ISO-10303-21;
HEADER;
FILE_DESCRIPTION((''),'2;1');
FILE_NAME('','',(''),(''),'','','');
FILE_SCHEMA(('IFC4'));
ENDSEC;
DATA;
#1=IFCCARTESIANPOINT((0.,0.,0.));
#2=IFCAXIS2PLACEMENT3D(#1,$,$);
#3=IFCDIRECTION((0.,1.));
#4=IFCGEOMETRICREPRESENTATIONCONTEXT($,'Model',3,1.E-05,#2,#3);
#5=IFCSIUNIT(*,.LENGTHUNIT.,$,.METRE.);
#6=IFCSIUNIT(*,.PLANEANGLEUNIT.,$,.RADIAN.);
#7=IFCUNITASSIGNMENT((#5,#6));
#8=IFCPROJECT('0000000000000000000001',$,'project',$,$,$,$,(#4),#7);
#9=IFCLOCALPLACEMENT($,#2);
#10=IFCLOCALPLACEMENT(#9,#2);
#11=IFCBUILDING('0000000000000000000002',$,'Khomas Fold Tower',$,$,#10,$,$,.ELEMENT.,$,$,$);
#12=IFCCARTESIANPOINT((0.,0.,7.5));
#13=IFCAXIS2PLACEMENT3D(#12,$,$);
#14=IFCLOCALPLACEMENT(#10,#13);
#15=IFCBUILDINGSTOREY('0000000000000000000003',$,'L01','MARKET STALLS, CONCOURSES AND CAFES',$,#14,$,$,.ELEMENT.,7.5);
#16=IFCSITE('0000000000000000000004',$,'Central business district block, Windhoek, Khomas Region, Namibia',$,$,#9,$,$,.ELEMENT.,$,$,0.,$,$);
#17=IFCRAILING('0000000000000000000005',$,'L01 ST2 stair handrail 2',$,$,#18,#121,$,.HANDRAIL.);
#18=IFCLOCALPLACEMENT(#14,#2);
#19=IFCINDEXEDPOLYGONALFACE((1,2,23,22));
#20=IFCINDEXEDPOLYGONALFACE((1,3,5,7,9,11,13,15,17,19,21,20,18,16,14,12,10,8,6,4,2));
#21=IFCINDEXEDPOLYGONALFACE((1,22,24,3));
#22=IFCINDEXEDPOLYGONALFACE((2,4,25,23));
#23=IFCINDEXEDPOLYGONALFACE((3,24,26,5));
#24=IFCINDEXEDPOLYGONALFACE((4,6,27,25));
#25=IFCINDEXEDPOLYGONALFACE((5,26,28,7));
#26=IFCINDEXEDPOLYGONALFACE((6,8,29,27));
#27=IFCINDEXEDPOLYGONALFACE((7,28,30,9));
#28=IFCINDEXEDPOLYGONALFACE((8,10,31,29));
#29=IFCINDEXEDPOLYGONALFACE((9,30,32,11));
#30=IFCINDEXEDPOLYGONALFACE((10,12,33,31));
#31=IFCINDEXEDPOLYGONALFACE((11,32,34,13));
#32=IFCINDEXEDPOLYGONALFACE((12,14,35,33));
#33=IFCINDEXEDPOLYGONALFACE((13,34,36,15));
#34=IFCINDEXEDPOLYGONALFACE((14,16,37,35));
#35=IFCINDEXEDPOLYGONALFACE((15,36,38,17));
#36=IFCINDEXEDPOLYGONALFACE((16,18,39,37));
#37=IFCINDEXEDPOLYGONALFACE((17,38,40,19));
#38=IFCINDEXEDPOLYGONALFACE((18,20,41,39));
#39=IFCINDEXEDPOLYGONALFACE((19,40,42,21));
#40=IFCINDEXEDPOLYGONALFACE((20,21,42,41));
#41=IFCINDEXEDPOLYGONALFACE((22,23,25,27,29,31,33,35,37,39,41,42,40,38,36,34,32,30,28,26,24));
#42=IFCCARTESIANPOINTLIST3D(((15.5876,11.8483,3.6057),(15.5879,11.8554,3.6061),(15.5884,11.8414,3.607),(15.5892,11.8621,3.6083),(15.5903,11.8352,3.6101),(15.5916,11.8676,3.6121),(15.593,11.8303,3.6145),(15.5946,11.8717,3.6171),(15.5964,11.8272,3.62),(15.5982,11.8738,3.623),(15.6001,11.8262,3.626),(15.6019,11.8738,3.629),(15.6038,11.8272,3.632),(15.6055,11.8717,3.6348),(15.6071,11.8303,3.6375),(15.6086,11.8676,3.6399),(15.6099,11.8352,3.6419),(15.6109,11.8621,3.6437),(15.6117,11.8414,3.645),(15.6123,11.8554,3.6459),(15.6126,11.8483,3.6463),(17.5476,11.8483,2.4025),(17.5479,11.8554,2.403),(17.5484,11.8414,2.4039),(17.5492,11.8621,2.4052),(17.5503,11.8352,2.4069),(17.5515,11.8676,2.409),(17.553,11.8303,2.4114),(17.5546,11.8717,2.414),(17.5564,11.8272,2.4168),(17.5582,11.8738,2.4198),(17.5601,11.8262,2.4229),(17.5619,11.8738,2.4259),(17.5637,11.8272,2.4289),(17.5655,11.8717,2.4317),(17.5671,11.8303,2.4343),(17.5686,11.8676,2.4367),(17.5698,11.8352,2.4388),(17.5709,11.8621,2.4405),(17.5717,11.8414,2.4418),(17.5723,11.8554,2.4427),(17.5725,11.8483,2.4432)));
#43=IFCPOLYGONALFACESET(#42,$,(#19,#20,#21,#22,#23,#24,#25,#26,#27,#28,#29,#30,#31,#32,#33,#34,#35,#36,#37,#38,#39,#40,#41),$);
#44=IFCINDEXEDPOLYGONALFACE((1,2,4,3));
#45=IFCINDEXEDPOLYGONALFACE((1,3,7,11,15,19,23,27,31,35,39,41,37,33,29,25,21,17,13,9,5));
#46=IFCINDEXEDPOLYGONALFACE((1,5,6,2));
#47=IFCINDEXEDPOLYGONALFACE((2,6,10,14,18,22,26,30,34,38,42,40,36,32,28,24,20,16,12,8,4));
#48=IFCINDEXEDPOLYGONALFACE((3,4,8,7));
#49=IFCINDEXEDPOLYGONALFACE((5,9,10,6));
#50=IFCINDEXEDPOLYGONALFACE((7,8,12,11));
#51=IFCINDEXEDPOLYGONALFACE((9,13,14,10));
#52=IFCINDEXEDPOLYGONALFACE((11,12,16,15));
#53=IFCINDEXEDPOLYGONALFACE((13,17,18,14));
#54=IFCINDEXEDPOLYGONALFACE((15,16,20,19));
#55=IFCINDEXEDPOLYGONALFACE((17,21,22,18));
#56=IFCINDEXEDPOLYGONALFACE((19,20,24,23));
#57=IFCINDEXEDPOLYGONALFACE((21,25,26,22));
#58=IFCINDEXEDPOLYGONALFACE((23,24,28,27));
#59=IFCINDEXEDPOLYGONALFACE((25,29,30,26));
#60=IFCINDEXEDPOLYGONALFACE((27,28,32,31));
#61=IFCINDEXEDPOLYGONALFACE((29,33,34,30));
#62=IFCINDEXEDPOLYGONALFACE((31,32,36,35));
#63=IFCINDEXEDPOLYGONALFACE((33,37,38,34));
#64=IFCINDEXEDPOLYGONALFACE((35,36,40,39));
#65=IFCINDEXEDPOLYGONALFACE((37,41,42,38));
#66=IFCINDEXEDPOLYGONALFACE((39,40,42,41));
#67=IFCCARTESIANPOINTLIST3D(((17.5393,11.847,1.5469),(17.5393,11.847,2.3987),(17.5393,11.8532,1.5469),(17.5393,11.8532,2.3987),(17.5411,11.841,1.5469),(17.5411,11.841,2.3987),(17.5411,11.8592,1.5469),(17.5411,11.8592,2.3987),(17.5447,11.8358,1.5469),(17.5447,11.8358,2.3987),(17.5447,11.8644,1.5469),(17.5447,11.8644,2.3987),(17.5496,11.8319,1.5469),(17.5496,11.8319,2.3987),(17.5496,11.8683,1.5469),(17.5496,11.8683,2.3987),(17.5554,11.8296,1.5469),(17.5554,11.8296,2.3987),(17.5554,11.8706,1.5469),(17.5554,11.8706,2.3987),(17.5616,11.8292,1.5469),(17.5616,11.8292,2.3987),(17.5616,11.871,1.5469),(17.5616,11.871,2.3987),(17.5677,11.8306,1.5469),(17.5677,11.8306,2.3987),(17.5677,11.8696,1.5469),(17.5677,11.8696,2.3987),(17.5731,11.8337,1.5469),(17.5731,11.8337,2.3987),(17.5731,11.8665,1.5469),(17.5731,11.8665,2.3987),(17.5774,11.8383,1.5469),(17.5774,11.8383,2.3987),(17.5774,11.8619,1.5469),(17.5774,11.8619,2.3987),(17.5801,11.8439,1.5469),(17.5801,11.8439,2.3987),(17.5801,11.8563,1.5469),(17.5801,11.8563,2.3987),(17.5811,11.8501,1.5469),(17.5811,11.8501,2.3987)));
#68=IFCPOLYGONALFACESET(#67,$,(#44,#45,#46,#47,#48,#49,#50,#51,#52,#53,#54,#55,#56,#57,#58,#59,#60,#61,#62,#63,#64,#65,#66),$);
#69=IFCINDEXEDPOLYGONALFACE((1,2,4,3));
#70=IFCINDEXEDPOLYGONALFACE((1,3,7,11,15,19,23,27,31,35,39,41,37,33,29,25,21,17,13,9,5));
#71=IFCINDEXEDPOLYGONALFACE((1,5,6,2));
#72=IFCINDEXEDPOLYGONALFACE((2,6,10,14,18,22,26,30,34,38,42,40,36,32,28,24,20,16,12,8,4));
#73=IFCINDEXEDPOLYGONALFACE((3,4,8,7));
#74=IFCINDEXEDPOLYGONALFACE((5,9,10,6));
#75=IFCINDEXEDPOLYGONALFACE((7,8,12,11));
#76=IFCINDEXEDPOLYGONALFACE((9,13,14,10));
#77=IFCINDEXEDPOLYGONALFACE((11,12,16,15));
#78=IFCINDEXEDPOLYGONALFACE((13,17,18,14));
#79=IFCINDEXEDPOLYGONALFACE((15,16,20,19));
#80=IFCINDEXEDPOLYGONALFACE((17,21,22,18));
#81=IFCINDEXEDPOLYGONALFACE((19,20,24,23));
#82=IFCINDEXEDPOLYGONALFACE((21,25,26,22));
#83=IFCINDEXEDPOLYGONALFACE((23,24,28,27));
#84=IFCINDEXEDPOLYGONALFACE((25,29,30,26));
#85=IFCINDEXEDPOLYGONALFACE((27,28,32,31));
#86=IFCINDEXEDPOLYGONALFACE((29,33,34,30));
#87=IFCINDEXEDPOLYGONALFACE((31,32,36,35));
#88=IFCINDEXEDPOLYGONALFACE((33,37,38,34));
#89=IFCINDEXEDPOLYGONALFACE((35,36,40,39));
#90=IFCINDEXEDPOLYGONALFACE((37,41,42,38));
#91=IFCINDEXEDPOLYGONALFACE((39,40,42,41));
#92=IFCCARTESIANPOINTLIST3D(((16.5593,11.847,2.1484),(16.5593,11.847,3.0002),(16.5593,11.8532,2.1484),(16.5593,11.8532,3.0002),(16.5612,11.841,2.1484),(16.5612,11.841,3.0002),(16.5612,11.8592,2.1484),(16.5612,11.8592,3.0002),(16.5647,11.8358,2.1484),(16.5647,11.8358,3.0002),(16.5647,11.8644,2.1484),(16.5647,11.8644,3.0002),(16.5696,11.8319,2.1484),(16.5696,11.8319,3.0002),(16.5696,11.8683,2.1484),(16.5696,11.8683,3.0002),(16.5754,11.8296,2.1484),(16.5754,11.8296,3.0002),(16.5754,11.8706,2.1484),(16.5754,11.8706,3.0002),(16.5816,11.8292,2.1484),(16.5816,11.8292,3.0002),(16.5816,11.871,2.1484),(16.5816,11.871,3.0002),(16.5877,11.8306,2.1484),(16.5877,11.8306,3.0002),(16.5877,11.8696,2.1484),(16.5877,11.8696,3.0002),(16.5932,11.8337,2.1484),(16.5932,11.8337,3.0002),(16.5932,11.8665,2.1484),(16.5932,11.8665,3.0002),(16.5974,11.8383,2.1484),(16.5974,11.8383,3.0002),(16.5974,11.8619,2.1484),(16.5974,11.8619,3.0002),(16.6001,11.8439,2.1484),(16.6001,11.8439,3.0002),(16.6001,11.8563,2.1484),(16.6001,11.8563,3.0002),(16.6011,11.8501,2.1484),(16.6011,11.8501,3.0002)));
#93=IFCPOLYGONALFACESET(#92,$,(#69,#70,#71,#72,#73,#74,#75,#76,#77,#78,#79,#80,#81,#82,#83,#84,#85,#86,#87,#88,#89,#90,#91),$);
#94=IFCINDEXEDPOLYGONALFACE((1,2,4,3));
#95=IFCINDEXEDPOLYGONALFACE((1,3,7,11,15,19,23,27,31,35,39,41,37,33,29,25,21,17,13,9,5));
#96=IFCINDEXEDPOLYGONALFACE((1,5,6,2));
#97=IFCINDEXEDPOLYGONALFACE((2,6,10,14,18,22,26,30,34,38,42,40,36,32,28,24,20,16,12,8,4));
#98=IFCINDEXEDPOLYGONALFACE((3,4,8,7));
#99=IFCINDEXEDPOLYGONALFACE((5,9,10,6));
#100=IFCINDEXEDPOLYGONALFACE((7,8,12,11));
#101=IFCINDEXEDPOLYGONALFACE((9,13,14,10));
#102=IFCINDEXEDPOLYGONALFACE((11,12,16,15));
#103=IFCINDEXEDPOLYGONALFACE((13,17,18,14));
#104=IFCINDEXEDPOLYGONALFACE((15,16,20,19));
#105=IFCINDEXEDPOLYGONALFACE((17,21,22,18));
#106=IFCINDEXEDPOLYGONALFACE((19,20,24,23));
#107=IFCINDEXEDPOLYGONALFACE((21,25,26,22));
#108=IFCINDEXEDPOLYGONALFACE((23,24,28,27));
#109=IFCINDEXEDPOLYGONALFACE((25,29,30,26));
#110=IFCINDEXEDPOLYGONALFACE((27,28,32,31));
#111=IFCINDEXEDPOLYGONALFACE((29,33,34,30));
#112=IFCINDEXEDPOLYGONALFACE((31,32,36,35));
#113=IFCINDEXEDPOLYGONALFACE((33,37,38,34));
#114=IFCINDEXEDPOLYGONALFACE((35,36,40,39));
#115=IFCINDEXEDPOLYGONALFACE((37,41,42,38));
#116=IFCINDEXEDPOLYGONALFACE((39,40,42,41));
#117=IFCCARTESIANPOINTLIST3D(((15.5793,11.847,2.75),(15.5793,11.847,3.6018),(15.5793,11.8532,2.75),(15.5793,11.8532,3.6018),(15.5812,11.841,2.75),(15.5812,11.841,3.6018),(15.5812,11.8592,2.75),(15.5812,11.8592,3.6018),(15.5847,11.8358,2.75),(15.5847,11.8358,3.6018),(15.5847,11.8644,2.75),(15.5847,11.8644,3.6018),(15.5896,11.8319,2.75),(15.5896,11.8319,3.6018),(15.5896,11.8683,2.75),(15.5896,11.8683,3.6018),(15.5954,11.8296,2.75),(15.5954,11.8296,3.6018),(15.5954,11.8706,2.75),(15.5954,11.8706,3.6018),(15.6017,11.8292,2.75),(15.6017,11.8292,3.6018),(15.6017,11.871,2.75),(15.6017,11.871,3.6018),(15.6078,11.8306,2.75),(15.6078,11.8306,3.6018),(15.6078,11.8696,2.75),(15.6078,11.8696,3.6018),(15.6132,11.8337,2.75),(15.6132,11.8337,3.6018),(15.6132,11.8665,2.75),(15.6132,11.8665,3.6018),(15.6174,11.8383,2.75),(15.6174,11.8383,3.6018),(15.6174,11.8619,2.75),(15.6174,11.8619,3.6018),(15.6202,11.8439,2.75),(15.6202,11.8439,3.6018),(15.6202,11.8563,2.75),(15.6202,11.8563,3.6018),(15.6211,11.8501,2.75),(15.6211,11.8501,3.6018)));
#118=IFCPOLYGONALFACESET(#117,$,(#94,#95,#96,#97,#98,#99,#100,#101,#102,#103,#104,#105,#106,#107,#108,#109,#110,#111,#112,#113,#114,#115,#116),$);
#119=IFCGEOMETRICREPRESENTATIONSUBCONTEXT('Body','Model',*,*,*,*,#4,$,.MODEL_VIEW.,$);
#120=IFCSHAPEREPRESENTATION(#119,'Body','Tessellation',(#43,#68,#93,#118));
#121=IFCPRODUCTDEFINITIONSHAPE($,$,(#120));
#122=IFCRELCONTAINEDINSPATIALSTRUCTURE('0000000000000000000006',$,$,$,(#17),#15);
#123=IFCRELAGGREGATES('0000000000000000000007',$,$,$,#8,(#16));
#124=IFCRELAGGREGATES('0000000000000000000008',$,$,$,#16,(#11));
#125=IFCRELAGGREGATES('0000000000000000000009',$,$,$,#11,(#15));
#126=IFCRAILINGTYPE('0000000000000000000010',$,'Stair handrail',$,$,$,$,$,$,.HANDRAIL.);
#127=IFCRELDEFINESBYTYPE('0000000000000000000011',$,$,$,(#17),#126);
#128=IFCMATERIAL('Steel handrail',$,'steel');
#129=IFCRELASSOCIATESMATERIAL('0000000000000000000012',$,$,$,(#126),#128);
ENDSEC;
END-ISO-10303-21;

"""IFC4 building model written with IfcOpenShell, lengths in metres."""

from ifc_helpers import new_model, si_unit, direction, frame, origin, origin_2d, place, context, subcontext, project, spatial, circle, extrude, source, transform, mapped, material, type_object, element, save


model = new_model("IFC4")

# Units and contexts
model_context = context("Model", 3, precision=1e-05, world=origin(), true_north=direction((0.0, 1.0)))
body_context = subcontext(model_context, "Body", "Model", "MODEL_VIEW")
ifc_project = project(units=[si_unit("LENGTHUNIT", "METRE"), si_unit("PLANEANGLEUNIT", "RADIAN")], contexts=[model_context])

# Site, building, storey
site_placement = place(None, origin())
site = spatial("IfcSite", under=ifc_project, at=site_placement, Name="Central business district block, Windhoek, Khomas Region, Namibia", CompositionType="ELEMENT", RefElevation=0.0)
building_placement = place(site_placement, origin())
building = spatial("IfcBuilding", under=site, at=building_placement, Name="Khomas Fold Tower", CompositionType="ELEMENT")
storey_placement = place(building_placement, frame((0.0, 0.0, 7.5)))
storey = spatial("IfcBuildingStorey", under=building, at=storey_placement, Name="L01", Description="MARKET STALLS, CONCOURSES AND CAFES", CompositionType="ELEMENT", Elevation=7.5)

# Railing
ifc_material_1 = material(Name="Steel handrail", Category="steel")
railing_type_1 = type_object("IfcRailingType", Name="Stair handrail", PredefinedType="HANDRAIL", material=ifc_material_1)
shared_shape_1 = source(origin(), body_context, "Body", "SweptSolid", [
    extrude(circle(Radius=0.0239, at=origin_2d()), frame((0.0, 0.0, 0.876), z_axis=(-0.852241, 0.0, 0.523149), x_axis=(0.0, -1.0, 0.0)), (0.0, 0.0, 1.0), 2.2998),
    extrude(circle(Radius=0.021, at=origin_2d()), origin(), (0.0, 0.0, 1.0), 0.8518),
    extrude(circle(Radius=0.021, at=origin_2d()), frame((-0.98, 0.0, 0.6016)), (0.0, 0.0, 1.0), 0.8518),
    extrude(circle(Radius=0.021, at=origin_2d()), frame((-1.96, 0.0, 1.2031)), (0.0, 0.0, 1.0), 0.8518),
])
for number, where, name in (
    (1, (17.5601, 11.8501, 1.5469), "L01 ST2 stair handrail 2"),
):
    element("IfcRailing", number, at=place(storey_placement, frame(where)), inside=storey, type_object=railing_type_1, Name=name, PredefinedType="HANDRAIL", context=body_context, shape_type="MappedRepresentation", body=[
        mapped(shared_shape_1, transform((0.0, 0.0, 0.0))),
    ])

save(model, "model.ifc")
